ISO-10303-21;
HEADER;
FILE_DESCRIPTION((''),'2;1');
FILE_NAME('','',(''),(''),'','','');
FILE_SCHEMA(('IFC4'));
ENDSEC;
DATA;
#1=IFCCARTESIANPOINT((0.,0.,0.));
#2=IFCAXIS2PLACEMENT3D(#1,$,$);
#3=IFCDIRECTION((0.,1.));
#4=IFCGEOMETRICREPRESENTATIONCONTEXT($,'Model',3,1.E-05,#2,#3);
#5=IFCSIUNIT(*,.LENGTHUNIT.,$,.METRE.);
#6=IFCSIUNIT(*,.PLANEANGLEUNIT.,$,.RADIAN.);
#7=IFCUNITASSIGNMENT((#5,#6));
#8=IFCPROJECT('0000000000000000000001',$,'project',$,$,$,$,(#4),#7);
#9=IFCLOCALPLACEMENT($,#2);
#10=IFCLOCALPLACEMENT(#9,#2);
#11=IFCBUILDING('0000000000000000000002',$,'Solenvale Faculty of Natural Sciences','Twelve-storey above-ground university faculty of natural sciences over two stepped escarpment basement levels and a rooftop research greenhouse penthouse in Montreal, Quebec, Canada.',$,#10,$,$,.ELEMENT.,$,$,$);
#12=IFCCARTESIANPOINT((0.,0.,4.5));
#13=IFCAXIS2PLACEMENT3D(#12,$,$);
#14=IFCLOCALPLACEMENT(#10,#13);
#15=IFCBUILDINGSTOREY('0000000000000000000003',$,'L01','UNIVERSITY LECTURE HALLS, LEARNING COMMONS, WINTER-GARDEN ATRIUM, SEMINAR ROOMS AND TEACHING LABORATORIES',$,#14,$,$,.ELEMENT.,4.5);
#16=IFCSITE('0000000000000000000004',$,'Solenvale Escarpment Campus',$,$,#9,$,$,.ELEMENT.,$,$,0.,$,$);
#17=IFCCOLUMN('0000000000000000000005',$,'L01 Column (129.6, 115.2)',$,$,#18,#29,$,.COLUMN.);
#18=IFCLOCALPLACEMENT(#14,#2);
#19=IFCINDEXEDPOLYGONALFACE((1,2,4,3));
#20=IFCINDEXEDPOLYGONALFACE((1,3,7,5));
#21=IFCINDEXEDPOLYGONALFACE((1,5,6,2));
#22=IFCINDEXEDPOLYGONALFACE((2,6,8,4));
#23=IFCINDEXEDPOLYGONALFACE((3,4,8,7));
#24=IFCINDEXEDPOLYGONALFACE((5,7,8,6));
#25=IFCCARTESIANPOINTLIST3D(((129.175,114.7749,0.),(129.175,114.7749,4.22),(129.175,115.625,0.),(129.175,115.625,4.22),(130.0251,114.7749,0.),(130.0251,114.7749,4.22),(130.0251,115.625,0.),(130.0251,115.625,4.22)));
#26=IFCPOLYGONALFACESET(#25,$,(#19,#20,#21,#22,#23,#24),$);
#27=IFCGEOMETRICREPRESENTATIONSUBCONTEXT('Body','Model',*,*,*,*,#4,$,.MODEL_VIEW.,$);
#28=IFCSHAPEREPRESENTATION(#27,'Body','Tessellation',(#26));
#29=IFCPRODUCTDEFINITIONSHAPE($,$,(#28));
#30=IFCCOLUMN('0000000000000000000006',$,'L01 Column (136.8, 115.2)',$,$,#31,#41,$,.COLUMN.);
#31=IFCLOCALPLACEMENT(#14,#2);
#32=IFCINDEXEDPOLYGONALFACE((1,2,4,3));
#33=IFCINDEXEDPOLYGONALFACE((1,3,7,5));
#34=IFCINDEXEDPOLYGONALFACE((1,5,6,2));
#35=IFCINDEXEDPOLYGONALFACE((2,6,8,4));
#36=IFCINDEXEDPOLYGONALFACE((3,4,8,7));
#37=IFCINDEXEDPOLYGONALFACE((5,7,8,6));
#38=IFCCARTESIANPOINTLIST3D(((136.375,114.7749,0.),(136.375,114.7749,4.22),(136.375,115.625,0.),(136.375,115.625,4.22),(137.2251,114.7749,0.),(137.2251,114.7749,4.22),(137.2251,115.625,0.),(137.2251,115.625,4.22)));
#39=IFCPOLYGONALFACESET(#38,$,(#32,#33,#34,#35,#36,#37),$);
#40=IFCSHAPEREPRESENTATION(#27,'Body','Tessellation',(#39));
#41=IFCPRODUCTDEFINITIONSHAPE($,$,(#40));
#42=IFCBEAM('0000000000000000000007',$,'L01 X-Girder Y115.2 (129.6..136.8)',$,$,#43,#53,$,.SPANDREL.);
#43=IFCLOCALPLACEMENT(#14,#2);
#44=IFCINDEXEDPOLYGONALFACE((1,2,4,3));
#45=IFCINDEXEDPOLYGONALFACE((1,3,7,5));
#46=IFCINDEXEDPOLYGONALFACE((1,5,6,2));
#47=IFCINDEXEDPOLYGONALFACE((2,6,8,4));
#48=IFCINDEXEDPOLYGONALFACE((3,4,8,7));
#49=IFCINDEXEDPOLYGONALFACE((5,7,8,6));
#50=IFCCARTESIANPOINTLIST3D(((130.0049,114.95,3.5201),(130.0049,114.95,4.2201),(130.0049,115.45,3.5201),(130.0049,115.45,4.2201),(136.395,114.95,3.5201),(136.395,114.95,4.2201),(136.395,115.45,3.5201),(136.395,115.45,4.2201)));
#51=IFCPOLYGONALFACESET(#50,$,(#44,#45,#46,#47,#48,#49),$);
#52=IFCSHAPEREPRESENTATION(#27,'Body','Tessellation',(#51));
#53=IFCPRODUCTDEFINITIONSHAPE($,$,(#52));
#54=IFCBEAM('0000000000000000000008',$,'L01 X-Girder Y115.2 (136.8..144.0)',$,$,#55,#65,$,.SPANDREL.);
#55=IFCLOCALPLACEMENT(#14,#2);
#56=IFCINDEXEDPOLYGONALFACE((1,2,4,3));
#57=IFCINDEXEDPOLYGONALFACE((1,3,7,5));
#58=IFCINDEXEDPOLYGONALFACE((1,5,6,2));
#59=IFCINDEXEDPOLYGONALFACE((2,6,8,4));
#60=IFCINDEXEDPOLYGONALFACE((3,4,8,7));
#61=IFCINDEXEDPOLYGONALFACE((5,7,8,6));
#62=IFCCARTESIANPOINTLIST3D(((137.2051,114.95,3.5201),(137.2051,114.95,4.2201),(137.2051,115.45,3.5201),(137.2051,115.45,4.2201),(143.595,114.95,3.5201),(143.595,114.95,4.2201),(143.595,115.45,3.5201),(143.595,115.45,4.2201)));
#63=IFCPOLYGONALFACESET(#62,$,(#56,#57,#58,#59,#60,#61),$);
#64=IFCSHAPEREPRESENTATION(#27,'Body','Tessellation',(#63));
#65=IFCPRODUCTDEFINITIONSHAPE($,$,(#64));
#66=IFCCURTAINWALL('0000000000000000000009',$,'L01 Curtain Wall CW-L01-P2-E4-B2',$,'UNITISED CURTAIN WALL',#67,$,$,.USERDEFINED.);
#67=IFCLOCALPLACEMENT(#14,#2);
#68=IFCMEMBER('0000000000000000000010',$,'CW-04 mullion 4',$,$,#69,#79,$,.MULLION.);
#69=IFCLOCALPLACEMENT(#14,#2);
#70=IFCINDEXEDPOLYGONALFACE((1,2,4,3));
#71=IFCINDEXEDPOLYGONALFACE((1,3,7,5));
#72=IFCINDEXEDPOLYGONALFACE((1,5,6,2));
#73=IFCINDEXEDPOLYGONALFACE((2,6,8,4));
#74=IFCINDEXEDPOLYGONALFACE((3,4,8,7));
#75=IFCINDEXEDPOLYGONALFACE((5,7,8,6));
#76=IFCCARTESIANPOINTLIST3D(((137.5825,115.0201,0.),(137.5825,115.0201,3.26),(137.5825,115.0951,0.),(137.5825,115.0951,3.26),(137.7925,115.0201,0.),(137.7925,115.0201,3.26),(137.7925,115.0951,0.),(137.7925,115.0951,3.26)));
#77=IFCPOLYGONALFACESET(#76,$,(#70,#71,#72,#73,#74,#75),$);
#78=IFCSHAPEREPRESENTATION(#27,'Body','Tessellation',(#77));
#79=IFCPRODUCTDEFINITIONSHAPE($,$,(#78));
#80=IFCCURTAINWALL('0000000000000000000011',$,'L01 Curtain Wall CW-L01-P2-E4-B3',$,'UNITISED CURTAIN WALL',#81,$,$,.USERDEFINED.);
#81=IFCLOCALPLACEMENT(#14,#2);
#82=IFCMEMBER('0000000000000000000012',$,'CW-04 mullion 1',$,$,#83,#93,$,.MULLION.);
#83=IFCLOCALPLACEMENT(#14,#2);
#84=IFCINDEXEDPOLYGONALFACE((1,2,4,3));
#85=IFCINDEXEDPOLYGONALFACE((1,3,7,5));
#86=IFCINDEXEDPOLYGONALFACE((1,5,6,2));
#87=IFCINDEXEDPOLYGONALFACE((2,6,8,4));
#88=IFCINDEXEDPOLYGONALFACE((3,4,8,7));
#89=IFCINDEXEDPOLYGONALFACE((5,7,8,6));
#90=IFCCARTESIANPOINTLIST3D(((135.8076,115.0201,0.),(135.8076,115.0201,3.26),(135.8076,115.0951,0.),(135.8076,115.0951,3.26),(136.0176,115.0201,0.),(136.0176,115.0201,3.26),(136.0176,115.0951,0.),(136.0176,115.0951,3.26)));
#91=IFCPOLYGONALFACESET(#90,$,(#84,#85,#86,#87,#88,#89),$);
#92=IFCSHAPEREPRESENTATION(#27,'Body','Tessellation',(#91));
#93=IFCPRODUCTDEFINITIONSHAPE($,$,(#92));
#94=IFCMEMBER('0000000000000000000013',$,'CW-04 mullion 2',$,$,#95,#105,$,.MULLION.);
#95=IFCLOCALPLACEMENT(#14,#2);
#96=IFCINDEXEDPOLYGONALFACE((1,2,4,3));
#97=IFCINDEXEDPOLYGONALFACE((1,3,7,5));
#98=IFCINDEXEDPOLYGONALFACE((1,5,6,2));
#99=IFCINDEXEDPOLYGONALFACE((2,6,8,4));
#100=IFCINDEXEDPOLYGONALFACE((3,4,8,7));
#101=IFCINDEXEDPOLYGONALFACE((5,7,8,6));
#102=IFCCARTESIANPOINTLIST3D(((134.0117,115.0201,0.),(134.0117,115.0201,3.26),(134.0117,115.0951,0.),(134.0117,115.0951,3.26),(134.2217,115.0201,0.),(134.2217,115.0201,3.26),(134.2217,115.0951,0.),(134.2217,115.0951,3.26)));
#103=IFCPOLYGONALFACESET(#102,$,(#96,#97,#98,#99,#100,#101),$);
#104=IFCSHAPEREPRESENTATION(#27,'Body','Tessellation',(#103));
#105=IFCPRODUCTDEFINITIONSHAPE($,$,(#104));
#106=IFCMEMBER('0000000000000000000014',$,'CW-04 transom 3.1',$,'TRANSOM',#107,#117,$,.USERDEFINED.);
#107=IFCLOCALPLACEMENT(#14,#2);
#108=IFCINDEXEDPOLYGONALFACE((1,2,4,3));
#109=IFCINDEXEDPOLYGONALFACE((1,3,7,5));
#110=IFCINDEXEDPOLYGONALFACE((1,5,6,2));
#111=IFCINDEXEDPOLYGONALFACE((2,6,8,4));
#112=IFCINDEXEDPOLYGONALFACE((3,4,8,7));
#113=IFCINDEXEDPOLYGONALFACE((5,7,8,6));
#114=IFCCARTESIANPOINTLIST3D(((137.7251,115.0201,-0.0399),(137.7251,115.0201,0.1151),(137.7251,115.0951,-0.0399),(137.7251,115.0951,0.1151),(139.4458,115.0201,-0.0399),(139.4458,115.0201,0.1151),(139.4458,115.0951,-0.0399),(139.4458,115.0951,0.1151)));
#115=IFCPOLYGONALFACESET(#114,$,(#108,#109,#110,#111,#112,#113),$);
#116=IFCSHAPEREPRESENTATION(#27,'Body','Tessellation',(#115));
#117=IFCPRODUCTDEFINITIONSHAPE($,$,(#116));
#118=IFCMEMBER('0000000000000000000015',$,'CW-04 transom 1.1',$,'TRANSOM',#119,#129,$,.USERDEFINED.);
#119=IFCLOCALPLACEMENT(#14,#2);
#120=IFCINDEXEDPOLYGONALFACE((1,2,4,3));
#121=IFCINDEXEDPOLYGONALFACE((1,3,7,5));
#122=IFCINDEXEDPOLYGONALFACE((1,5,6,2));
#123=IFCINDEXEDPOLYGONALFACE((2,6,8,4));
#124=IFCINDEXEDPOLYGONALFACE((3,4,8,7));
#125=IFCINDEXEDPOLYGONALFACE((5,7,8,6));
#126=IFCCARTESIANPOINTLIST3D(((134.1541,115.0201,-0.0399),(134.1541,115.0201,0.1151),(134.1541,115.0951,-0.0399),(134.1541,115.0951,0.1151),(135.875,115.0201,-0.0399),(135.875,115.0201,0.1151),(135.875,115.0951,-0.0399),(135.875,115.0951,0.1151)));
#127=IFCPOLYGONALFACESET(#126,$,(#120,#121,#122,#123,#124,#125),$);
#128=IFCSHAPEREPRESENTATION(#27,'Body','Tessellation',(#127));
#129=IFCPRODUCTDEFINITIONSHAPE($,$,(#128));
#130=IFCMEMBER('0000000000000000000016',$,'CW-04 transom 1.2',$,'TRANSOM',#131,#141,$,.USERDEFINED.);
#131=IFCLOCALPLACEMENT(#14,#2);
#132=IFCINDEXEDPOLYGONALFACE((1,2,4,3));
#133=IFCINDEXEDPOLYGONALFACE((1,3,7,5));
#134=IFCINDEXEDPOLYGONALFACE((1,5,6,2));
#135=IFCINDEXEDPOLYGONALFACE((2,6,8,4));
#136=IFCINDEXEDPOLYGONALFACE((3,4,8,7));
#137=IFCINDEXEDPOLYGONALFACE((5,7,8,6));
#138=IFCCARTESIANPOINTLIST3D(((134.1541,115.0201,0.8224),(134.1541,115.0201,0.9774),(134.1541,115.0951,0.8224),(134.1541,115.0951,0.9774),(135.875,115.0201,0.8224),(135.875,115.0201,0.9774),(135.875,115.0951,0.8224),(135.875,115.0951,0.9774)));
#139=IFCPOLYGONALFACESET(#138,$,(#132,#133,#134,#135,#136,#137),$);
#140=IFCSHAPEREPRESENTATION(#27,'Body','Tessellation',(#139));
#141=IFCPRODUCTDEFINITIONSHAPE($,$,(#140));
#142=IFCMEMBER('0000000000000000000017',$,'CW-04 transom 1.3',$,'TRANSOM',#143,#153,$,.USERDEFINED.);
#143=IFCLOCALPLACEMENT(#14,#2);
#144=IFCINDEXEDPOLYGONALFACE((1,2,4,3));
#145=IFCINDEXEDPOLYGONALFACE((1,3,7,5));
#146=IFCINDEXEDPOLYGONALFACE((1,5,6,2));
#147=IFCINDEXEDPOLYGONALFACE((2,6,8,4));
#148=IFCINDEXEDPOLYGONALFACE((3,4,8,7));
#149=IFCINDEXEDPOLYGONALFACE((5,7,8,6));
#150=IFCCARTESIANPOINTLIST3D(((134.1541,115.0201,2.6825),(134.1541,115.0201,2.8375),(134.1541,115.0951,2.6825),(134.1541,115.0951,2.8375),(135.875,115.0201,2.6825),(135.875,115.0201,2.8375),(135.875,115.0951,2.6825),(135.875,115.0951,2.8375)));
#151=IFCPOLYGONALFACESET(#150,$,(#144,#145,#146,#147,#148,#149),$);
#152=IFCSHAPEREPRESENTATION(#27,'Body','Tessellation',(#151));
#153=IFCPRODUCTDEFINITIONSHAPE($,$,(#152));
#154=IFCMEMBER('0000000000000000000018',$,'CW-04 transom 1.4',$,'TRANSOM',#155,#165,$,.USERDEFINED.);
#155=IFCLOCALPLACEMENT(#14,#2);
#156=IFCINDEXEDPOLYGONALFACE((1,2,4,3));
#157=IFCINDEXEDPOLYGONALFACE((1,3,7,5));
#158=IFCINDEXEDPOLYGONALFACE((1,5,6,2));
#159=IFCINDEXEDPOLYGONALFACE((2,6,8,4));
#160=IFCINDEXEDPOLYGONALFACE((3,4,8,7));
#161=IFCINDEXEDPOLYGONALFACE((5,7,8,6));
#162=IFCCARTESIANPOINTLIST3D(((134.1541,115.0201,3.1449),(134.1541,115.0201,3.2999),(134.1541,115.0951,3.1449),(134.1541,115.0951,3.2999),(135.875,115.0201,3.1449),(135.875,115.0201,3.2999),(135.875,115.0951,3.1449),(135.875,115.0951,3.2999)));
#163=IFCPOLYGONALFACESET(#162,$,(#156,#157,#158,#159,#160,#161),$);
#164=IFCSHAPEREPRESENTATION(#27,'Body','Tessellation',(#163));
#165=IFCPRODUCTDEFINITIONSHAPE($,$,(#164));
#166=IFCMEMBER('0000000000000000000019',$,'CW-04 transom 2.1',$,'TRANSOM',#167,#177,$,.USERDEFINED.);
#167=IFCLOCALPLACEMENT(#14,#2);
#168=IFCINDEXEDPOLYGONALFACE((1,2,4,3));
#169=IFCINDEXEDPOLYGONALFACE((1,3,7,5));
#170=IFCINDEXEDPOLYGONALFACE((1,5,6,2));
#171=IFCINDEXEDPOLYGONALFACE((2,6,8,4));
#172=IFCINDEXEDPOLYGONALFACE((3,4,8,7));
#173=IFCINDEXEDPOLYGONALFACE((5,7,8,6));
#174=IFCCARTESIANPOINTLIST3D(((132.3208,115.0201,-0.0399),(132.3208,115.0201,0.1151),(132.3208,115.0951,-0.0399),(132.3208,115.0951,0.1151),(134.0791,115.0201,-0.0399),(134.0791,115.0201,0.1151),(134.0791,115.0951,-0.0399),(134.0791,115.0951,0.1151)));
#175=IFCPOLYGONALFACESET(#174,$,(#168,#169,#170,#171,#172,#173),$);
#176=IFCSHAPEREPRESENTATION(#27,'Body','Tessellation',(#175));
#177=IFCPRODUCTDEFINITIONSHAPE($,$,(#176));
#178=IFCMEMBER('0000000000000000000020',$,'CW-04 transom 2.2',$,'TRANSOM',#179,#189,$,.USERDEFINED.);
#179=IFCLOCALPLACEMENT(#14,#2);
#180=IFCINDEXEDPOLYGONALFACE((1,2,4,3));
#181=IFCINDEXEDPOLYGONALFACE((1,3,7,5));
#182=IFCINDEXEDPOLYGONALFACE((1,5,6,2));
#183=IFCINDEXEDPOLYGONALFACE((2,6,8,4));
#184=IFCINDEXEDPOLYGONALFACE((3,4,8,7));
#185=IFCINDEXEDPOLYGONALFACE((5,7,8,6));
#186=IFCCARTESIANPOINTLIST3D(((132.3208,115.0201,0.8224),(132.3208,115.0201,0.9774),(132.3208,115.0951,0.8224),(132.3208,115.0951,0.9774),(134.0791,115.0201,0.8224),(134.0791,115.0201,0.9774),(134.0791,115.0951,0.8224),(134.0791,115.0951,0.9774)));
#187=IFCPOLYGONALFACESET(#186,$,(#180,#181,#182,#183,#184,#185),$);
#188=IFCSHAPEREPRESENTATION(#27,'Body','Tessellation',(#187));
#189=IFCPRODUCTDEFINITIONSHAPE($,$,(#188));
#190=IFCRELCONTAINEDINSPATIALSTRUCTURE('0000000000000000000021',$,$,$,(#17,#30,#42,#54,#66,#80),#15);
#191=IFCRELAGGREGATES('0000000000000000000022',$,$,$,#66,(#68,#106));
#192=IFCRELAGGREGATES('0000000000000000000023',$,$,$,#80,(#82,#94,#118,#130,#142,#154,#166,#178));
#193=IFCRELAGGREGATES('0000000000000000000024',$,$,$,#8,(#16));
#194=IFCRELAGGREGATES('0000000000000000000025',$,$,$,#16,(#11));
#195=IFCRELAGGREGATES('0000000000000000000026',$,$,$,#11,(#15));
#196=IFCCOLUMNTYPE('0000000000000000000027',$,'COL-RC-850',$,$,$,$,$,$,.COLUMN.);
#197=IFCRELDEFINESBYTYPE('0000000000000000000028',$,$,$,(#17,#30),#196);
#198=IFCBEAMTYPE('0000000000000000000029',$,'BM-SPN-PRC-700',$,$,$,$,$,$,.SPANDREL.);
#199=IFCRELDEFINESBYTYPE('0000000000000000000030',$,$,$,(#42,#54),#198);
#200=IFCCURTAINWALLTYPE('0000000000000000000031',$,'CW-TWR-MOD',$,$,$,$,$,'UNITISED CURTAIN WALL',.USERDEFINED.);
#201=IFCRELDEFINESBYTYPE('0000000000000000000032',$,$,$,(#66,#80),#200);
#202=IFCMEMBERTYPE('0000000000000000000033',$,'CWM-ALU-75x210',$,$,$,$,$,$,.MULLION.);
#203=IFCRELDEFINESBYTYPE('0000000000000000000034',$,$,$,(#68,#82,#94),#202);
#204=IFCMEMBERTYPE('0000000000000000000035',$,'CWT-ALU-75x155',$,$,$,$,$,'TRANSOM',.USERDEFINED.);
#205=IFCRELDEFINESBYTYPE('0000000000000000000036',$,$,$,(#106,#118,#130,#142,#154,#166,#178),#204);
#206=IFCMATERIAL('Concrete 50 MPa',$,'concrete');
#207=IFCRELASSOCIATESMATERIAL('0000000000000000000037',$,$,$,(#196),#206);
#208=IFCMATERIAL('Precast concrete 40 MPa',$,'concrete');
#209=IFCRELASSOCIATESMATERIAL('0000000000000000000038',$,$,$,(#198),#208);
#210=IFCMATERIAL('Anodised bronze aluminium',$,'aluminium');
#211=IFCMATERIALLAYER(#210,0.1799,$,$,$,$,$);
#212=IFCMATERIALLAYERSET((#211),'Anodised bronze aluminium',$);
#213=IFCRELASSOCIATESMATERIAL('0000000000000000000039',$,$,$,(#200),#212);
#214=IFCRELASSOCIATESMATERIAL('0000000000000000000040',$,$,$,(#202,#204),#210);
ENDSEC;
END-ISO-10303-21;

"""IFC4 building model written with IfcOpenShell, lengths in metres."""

from ifc_helpers import new_model, si_unit, direction, frame, origin, origin_2d, place, context, subcontext, project, spatial, rectangle, extrude, material, layer, layer_set, material_profile, profile_set, type_object, element, aggregate, save


model = new_model("IFC4")

# Units and contexts
model_context = context("Model", 3, precision=1e-05, world=origin(), true_north=direction((0.0, 1.0)))
body_context = subcontext(model_context, "Body", "Model", "MODEL_VIEW")
ifc_project = project(units=[si_unit("LENGTHUNIT", "METRE"), si_unit("PLANEANGLEUNIT", "RADIAN")], contexts=[model_context])

# Site, building, storey
site_placement = place(None, origin())
site = spatial("IfcSite", under=ifc_project, at=site_placement, Name="Solenvale Escarpment Campus", CompositionType="ELEMENT", RefElevation=0.0)
building_placement = place(site_placement, origin())
building = spatial("IfcBuilding", under=site, at=building_placement, Name="Solenvale Faculty of Natural Sciences", Description="Twelve-storey above-ground university faculty of natural sciences over two stepped escarpment basement levels and a rooftop research greenhouse penthouse in Montreal, Quebec, Canada.", CompositionType="ELEMENT")
storey_placement = place(building_placement, frame((0.0, 0.0, 4.5)))
storey = spatial("IfcBuildingStorey", under=building, at=storey_placement, Name="L01", Description="UNIVERSITY LECTURE HALLS, LEARNING COMMONS, WINTER-GARDEN ATRIUM, SEMINAR ROOMS AND TEACHING LABORATORIES", CompositionType="ELEMENT", Elevation=4.5)

# Columns
ifc_material_1 = material(Name="Concrete 50 MPa", Category="concrete")
ifc_material_profile_1 = material_profile(ifc_material_1, rectangle(XDim=0.8501, YDim=0.8501, at=origin_2d()), Name="RC-COL-850x850")
ifc_profile_set_1 = profile_set([ifc_material_profile_1], Name="Concrete 50 MPa")
column_type = type_object("IfcColumnType", Name="COL-RC-850", PredefinedType="COLUMN", material=ifc_profile_set_1)
for number, where, z_axis, x_axis, name in (
    (1, (129.6001, 115.2, 0.0), (0.0, 0.0, 1.0), (1.0, 0.0, 0.0), "L01 Column (129.6, 115.2)"),
    (2, (136.8, 115.2, 0.0), (0.0, 0.0, 1.0), (1.0, 0.0, 0.0), "L01 Column (136.8, 115.2)"),
):
    element("IfcColumn", number, at=place(storey_placement, frame(where, z_axis=z_axis, x_axis=x_axis)), inside=storey, type_object=column_type, Name=name, PredefinedType="COLUMN", context=body_context, shape_type="SweptSolid", body=[
        extrude(rectangle(XDim=0.8501, YDim=0.8501, at=origin_2d()), origin(), (0.0, 0.0, 1.0), 4.22),
    ])

# Beams
ifc_material_2 = material(Name="Precast concrete 40 MPa", Category="concrete")
ifc_material_profile_2 = material_profile(ifc_material_2, rectangle(XDim=0.5, YDim=0.7, at=origin_2d()), Name="RC-BM-500x700")
ifc_profile_set_2 = profile_set([ifc_material_profile_2], Name="Precast concrete 40 MPa")
beam_type = type_object("IfcBeamType", Name="BM-SPN-PRC-700", PredefinedType="SPANDREL", material=ifc_profile_set_2)
beam_1_placement = place(storey_placement, frame((130.0049, 115.2, 3.8701), z_axis=(1.0, 0.0, 0.0), x_axis=(0.0, 1.0, 0.0)))
element("IfcBeam", 3, at=beam_1_placement, inside=storey, type_object=beam_type, Name="L01 X-Girder Y115.2 (129.6..136.8)", PredefinedType="SPANDREL", context=body_context, shape_type="SweptSolid", body=[
    extrude(rectangle(XDim=0.5, YDim=0.7, at=origin_2d()), origin(), (0.0, 0.0, 1.0), 6.3901),
])
beam_2_placement = place(storey_placement, frame((137.2051, 115.2, 3.8701), z_axis=(1.0, 0.0, 0.0), x_axis=(0.0, 1.0, 0.0)))
element("IfcBeam", 4, at=beam_2_placement, inside=storey, type_object=beam_type, Name="L01 X-Girder Y115.2 (136.8..144.0)", PredefinedType="SPANDREL", context=body_context, shape_type="SweptSolid", body=[
    extrude(rectangle(XDim=0.5, YDim=0.7, at=origin_2d()), origin(), (0.0, 0.0, 1.0), 6.3899),
])

# Curtain wall, member
ifc_material_3 = material(Name="Anodised bronze aluminium", Category="aluminium")
ifc_layer_1 = layer(ifc_material_3, 0.1799)
ifc_layer_set_1 = layer_set([ifc_layer_1], Name="Anodised bronze aluminium")
curtain_wall_type = type_object("IfcCurtainWallType", Name="CW-TWR-MOD", ElementType="UNITISED CURTAIN WALL", PredefinedType="USERDEFINED", material=ifc_layer_set_1)
curtain_wall_1_placement = place(storey_placement, origin())
curtain_wall_1 = element("IfcCurtainWall", 5, at=curtain_wall_1_placement, inside=storey, type_object=curtain_wall_type, Name="L01 Curtain Wall CW-L01-P2-E4-B2", ObjectType="UNITISED CURTAIN WALL", PredefinedType="USERDEFINED")
ifc_material_profile_3 = material_profile(ifc_material_3, rectangle(XDim=0.075, YDim=0.21, at=origin_2d()), Name="ALU-MUL-75x210")
ifc_profile_set_3 = profile_set([ifc_material_profile_3], Name="Anodised bronze aluminium")
member_type_1 = type_object("IfcMemberType", Name="CWM-ALU-75x210", PredefinedType="MULLION", material=ifc_profile_set_3)
member_1_placement = place(storey_placement, frame((137.6875, 115.0576, 0.0), z_axis=(0.0, 0.0, 1.0), x_axis=(0.0, -1.0, 0.0)))
member_1 = element("IfcMember", 6, at=member_1_placement, type_object=member_type_1, Name="CW-04 mullion 4", PredefinedType="MULLION", context=body_context, shape_type="SweptSolid", body=[
    extrude(rectangle(XDim=0.075, YDim=0.21, at=origin_2d()), origin(), (0.0, 0.0, 1.0), 3.26),
])

# Curtain wall, members
curtain_wall_2_placement = place(storey_placement, origin())
curtain_wall_2 = element("IfcCurtainWall", 7, at=curtain_wall_2_placement, inside=storey, type_object=curtain_wall_type, Name="L01 Curtain Wall CW-L01-P2-E4-B3", ObjectType="UNITISED CURTAIN WALL", PredefinedType="USERDEFINED")
member_2_placement = place(storey_placement, frame((135.9126, 115.0576, 0.0), z_axis=(0.0, 0.0, 1.0), x_axis=(0.0, -1.0, 0.0)))
member_2 = element("IfcMember", 8, at=member_2_placement, type_object=member_type_1, Name="CW-04 mullion 1", PredefinedType="MULLION", context=body_context, shape_type="SweptSolid", body=[
    extrude(rectangle(XDim=0.075, YDim=0.21, at=origin_2d()), origin(), (0.0, 0.0, 1.0), 3.26),
])
member_3_placement = place(storey_placement, frame((134.1167, 115.0576, 0.0), z_axis=(0.0, 0.0, 1.0), x_axis=(0.0, -1.0, 0.0)))
member_3 = element("IfcMember", 9, at=member_3_placement, type_object=member_type_1, Name="CW-04 mullion 2", PredefinedType="MULLION", context=body_context, shape_type="SweptSolid", body=[
    extrude(rectangle(XDim=0.075, YDim=0.21, at=origin_2d()), origin(), (0.0, 0.0, 1.0), 3.26),
])

# Members
ifc_material_profile_4 = material_profile(ifc_material_3, rectangle(XDim=0.075, YDim=0.155, at=origin_2d()), Name="ALU-TRN-75x155")
ifc_profile_set_4 = profile_set([ifc_material_profile_4], Name="Anodised bronze aluminium")
member_type_2 = type_object("IfcMemberType", Name="CWT-ALU-75x155", ElementType="TRANSOM", PredefinedType="USERDEFINED", material=ifc_profile_set_4)
member_4_placement = place(storey_placement, frame((139.4458, 115.0576, 0.0376), z_axis=(-1.0, 0.0, 0.0), x_axis=(0.0, -1.0, 0.0)))
member_4 = element("IfcMember", 10, at=member_4_placement, type_object=member_type_2, Name="CW-04 transom 3.1", ObjectType="TRANSOM", PredefinedType="USERDEFINED", context=body_context, shape_type="SweptSolid", body=[
    extrude(rectangle(XDim=0.075, YDim=0.155, at=origin_2d()), origin(), (0.0, 0.0, 1.0), 1.7207),
])
member_5_placement = place(storey_placement, frame((135.875, 115.0576, 0.0376), z_axis=(-1.0, 0.0, 0.0), x_axis=(0.0, -1.0, 0.0)))
member_5 = element("IfcMember", 11, at=member_5_placement, type_object=member_type_2, Name="CW-04 transom 1.1", ObjectType="TRANSOM", PredefinedType="USERDEFINED", context=body_context, shape_type="SweptSolid", body=[
    extrude(rectangle(XDim=0.075, YDim=0.155, at=origin_2d()), origin(), (0.0, 0.0, 1.0), 1.7209),
])
member_6_placement = place(storey_placement, frame((135.875, 115.0576, 0.8999), z_axis=(-1.0, 0.0, 0.0), x_axis=(0.0, -1.0, 0.0)))
member_6 = element("IfcMember", 12, at=member_6_placement, type_object=member_type_2, Name="CW-04 transom 1.2", ObjectType="TRANSOM", PredefinedType="USERDEFINED", context=body_context, shape_type="SweptSolid", body=[
    extrude(rectangle(XDim=0.075, YDim=0.155, at=origin_2d()), origin(), (0.0, 0.0, 1.0), 1.7209),
])
member_7_placement = place(storey_placement, frame((135.875, 115.0576, 2.76), z_axis=(-1.0, 0.0, 0.0), x_axis=(0.0, -1.0, 0.0)))
member_7 = element("IfcMember", 13, at=member_7_placement, type_object=member_type_2, Name="CW-04 transom 1.3", ObjectType="TRANSOM", PredefinedType="USERDEFINED", context=body_context, shape_type="SweptSolid", body=[
    extrude(rectangle(XDim=0.075, YDim=0.155, at=origin_2d()), origin(), (0.0, 0.0, 1.0), 1.7209),
])
member_8_placement = place(storey_placement, frame((135.875, 115.0576, 3.2224), z_axis=(-1.0, 0.0, 0.0), x_axis=(0.0, -1.0, 0.0)))
member_8 = element("IfcMember", 14, at=member_8_placement, type_object=member_type_2, Name="CW-04 transom 1.4", ObjectType="TRANSOM", PredefinedType="USERDEFINED", context=body_context, shape_type="SweptSolid", body=[
    extrude(rectangle(XDim=0.075, YDim=0.155, at=origin_2d()), origin(), (0.0, 0.0, 1.0), 1.7209),
])
member_9_placement = place(storey_placement, frame((134.0791, 115.0576, 0.0376), z_axis=(-1.0, 0.0, 0.0), x_axis=(0.0, -1.0, 0.0)))
member_9 = element("IfcMember", 15, at=member_9_placement, type_object=member_type_2, Name="CW-04 transom 2.1", ObjectType="TRANSOM", PredefinedType="USERDEFINED", context=body_context, shape_type="SweptSolid", body=[
    extrude(rectangle(XDim=0.075, YDim=0.155, at=origin_2d()), origin(), (0.0, 0.0, 1.0), 1.7583),
])
member_10_placement = place(storey_placement, frame((134.0791, 115.0576, 0.8999), z_axis=(-1.0, 0.0, 0.0), x_axis=(0.0, -1.0, 0.0)))
member_10 = element("IfcMember", 16, at=member_10_placement, type_object=member_type_2, Name="CW-04 transom 2.2", ObjectType="TRANSOM", PredefinedType="USERDEFINED", context=body_context, shape_type="SweptSolid", body=[
    extrude(rectangle(XDim=0.075, YDim=0.155, at=origin_2d()), origin(), (0.0, 0.0, 1.0), 1.7583),
])

aggregate(curtain_wall_1, [member_1, member_4])
aggregate(curtain_wall_2, [member_2, member_3, member_5, member_6, member_7, member_8, member_9, member_10])

save(model, "model.ifc")
